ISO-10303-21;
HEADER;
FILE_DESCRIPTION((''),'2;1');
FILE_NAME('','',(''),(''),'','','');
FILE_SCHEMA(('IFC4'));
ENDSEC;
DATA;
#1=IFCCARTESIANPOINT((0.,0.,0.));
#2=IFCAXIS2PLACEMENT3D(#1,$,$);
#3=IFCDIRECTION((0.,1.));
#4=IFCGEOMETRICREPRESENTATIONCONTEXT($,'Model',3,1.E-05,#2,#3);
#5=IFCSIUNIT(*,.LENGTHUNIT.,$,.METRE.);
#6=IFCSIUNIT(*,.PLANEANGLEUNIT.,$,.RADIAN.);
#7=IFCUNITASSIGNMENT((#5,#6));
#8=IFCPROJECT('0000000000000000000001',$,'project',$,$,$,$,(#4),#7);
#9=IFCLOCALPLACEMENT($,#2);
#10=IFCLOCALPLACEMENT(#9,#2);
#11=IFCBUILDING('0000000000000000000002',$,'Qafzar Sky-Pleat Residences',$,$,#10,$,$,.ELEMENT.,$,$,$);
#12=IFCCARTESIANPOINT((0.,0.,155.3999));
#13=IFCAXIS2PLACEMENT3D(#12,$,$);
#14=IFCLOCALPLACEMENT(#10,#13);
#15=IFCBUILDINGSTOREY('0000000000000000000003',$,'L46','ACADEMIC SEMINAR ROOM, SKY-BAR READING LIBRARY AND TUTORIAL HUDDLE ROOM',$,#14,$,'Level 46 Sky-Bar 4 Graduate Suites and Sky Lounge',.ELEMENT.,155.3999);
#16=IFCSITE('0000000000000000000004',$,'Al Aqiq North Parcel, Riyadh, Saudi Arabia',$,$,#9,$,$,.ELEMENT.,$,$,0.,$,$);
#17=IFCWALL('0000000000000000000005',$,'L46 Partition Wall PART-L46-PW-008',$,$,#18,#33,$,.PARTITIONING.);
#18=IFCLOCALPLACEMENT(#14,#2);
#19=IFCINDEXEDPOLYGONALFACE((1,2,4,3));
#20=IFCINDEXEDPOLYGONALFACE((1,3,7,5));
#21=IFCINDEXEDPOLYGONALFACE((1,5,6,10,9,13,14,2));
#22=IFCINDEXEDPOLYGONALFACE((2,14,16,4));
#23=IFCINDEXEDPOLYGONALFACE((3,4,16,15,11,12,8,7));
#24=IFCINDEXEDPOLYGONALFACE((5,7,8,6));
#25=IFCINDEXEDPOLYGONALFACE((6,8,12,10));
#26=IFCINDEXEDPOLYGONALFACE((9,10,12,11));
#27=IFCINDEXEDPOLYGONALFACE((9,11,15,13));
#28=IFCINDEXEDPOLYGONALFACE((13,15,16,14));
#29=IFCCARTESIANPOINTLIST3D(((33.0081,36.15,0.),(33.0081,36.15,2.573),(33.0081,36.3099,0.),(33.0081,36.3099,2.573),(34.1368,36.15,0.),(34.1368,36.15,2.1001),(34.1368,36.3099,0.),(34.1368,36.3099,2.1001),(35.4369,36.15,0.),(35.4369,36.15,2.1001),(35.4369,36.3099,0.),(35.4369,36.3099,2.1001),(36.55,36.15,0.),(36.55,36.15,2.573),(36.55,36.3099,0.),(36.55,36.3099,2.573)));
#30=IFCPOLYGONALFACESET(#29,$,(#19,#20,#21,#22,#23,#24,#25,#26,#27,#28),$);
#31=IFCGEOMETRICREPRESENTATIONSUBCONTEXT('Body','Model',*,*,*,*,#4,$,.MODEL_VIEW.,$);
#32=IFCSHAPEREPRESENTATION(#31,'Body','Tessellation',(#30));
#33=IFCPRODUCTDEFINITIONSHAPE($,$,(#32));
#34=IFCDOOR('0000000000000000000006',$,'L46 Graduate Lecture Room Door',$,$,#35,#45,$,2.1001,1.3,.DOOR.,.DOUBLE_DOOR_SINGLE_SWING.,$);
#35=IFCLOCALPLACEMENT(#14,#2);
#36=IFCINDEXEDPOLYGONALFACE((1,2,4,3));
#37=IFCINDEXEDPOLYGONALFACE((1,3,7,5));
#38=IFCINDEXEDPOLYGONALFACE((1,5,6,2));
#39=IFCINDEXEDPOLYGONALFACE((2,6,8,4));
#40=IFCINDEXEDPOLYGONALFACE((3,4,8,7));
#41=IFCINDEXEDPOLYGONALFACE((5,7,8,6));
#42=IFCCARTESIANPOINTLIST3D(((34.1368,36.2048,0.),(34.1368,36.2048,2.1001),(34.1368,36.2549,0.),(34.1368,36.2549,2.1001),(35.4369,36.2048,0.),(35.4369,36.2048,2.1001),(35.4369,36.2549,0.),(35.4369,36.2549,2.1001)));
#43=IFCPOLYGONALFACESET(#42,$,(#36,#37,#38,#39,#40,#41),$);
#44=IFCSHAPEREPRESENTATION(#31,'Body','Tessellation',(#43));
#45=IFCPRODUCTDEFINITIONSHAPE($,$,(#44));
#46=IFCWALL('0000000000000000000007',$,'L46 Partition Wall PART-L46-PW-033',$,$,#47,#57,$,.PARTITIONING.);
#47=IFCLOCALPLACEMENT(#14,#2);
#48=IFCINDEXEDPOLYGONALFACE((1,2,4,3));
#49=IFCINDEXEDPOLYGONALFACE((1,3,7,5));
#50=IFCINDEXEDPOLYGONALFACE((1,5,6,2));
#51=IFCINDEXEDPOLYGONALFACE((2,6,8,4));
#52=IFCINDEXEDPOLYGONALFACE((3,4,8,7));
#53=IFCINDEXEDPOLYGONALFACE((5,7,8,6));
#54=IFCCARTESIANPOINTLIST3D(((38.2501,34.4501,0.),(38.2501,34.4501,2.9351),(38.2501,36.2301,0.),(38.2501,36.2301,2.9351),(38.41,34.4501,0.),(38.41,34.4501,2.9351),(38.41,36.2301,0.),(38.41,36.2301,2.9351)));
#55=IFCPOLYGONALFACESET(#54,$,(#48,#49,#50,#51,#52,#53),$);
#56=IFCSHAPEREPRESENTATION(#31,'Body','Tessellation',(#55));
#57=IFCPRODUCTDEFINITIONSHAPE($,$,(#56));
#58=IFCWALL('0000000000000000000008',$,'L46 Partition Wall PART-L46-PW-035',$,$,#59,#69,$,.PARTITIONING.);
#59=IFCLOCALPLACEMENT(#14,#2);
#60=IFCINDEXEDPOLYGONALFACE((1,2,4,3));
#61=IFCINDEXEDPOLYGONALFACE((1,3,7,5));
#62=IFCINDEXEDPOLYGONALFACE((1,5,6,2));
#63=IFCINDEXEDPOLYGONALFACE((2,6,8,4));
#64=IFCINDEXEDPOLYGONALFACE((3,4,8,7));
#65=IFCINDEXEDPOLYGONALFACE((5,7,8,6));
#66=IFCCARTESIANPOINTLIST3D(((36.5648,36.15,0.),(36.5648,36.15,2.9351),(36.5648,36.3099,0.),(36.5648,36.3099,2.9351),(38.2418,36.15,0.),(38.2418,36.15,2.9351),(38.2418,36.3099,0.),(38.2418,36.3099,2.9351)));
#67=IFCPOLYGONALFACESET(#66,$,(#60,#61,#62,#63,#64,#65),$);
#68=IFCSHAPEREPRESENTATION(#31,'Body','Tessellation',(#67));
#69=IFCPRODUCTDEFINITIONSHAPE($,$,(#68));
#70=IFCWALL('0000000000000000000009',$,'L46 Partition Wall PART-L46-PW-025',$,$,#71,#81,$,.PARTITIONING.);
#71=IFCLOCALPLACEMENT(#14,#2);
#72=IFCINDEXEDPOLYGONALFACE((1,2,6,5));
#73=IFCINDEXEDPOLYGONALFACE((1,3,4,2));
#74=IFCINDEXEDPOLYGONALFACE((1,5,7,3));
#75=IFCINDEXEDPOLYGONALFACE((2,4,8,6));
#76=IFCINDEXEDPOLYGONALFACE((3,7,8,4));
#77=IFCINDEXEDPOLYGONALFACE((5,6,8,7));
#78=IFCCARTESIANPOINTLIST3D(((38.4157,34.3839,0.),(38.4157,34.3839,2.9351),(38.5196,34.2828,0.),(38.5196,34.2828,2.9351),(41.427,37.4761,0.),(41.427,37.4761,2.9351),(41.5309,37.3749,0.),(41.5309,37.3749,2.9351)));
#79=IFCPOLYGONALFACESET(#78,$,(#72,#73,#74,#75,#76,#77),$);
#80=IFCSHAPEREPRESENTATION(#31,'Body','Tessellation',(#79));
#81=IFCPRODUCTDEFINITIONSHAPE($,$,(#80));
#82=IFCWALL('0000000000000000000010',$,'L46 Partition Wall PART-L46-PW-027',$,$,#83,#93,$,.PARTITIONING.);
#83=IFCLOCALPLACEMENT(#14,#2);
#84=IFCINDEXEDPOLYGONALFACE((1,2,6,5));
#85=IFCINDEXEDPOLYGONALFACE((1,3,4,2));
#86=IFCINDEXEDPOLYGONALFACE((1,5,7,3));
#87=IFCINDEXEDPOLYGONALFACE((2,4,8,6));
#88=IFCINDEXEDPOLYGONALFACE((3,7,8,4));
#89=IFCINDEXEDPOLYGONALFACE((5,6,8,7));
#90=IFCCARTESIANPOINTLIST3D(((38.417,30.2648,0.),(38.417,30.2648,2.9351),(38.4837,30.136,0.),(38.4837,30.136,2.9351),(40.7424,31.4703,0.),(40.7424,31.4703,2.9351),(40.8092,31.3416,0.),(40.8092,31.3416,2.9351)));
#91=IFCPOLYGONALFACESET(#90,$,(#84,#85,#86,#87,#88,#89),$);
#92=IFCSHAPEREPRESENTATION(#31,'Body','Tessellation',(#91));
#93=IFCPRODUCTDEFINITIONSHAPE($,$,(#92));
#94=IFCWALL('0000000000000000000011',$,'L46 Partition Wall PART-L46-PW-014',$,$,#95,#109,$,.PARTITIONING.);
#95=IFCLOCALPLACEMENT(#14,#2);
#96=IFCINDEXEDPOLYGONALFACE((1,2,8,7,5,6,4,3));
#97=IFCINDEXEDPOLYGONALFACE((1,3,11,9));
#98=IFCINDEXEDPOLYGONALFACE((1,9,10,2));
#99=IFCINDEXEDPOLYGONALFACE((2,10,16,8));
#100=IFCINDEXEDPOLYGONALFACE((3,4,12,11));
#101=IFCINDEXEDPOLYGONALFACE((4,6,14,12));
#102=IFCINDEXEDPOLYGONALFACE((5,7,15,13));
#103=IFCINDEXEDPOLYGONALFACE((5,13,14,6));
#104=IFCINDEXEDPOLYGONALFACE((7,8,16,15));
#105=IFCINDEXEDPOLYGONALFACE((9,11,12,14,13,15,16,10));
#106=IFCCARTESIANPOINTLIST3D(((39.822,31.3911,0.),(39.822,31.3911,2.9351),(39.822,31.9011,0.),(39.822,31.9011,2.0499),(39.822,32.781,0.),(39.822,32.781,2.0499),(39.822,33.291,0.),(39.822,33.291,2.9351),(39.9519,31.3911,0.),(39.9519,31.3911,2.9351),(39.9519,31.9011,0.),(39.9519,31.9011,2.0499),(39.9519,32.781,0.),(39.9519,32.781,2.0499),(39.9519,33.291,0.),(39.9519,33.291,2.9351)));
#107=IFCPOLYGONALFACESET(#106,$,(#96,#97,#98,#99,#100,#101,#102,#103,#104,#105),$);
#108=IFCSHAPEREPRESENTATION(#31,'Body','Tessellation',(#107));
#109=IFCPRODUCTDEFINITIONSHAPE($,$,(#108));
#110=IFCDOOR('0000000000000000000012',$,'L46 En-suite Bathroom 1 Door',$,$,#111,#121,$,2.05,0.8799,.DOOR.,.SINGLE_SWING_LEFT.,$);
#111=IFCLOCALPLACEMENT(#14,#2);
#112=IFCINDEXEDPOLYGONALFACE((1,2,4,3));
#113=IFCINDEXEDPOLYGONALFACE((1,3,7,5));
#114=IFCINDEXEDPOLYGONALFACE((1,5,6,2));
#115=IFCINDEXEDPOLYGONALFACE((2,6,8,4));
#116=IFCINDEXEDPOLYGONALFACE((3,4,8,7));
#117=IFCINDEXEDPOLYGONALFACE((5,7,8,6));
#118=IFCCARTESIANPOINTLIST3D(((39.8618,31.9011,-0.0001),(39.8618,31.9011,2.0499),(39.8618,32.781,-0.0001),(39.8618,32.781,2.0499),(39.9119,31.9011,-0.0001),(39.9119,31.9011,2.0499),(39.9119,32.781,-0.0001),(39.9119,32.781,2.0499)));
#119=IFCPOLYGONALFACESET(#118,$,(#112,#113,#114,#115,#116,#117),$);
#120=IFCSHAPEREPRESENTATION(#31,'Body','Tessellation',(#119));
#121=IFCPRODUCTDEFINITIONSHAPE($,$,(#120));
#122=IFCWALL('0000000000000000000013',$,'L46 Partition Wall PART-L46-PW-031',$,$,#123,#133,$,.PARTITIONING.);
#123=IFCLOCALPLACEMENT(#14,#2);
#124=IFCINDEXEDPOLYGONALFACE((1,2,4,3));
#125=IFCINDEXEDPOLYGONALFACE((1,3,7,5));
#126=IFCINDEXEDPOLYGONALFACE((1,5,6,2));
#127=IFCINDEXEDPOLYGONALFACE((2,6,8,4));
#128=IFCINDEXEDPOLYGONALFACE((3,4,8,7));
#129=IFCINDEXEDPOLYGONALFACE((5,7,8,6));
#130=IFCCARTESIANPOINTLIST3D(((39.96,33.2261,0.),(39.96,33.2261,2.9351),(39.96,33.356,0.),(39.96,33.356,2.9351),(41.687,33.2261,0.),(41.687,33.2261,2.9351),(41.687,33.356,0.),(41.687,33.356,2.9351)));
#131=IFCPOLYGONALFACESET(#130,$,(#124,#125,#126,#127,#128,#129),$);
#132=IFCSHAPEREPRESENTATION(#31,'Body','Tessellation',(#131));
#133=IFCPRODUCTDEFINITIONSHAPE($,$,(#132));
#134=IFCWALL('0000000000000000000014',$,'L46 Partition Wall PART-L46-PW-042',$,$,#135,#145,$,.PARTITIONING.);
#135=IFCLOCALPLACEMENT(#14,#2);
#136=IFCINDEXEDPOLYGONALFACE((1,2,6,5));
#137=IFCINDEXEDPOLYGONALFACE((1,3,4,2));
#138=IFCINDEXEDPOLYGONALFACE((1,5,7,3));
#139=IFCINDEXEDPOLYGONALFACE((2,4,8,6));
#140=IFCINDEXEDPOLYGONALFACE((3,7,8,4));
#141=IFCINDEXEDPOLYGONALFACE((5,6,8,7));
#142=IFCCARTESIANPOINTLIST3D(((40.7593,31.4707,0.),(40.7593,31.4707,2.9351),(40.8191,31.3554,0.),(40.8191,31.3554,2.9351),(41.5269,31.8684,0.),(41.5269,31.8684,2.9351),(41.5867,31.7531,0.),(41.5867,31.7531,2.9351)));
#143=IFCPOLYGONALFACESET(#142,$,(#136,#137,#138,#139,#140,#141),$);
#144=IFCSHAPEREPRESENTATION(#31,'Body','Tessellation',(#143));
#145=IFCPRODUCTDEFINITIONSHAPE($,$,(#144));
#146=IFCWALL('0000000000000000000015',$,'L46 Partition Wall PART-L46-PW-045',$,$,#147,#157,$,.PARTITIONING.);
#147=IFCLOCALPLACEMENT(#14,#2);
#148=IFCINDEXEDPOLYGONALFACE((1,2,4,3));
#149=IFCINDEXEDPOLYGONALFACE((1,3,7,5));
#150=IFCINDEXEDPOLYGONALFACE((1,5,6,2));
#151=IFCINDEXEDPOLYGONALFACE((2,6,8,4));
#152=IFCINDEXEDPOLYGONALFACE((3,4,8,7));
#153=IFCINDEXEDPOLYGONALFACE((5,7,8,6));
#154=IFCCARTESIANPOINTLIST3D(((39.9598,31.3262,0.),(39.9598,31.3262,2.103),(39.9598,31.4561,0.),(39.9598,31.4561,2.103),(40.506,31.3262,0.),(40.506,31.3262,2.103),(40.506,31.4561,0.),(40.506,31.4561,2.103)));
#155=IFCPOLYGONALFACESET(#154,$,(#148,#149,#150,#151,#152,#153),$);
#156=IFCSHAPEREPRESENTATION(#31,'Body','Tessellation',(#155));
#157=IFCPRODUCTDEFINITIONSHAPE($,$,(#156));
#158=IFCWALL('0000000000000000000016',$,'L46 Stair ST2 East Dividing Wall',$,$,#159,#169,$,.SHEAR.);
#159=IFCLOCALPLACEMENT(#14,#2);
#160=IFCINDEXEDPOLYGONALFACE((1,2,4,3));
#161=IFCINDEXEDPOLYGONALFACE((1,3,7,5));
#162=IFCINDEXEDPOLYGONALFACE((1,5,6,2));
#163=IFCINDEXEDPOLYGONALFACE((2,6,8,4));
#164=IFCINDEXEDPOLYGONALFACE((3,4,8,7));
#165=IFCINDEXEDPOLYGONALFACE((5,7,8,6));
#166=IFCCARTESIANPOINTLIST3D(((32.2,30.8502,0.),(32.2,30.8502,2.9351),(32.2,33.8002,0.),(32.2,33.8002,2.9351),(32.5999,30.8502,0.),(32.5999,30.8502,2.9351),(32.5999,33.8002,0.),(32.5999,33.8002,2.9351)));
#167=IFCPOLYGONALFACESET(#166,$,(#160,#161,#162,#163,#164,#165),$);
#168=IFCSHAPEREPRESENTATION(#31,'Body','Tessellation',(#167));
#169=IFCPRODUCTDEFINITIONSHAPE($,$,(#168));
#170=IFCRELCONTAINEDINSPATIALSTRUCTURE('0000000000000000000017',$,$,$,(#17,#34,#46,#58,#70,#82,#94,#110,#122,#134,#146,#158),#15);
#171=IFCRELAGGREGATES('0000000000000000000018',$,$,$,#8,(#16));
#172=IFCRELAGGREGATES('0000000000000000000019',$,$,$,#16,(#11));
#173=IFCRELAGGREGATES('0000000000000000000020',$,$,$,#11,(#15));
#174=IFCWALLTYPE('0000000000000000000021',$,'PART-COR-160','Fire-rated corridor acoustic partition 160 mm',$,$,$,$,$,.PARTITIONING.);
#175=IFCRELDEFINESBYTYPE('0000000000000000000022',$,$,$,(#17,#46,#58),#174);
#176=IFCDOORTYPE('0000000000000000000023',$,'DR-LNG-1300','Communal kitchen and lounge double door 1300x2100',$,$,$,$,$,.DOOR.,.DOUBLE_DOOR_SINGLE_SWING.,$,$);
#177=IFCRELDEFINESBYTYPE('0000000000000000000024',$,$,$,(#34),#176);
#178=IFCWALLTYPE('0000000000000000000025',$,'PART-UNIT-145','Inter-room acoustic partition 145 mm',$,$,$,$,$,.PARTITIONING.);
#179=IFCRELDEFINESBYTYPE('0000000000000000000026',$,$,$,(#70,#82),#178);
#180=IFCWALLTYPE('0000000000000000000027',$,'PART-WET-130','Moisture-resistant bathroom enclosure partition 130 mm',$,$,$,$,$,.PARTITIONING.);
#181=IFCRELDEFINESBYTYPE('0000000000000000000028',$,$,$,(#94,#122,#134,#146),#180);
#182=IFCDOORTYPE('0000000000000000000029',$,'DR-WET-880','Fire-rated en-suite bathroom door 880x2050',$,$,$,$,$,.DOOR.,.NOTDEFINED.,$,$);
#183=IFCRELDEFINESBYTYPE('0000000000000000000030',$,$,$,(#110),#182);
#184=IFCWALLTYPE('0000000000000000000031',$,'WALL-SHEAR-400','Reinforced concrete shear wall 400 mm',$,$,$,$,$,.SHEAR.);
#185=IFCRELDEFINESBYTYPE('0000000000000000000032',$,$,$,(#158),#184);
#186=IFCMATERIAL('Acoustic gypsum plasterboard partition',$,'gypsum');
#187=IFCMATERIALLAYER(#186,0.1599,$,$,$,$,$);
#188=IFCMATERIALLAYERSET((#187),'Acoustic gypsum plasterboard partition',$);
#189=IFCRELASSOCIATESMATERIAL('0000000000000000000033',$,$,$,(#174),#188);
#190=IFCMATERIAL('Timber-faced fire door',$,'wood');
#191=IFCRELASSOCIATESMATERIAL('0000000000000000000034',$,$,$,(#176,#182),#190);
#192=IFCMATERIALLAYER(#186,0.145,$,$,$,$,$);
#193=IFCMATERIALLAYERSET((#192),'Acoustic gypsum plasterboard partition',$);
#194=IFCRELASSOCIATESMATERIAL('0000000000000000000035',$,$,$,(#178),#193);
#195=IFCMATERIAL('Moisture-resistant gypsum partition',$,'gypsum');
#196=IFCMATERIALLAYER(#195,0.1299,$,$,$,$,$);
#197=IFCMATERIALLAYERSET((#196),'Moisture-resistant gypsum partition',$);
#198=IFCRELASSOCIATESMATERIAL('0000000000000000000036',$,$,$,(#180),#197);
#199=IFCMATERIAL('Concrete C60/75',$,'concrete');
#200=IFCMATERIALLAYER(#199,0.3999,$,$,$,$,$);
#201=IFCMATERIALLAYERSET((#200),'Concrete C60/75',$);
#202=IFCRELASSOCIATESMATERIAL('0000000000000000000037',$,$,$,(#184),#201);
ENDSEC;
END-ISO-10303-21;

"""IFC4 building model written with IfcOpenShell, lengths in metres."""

from ifc_helpers import new_model, si_unit, direction, frame, frame_2d, origin, place, context, subcontext, project, spatial, rectangle, extrude, source, transform, mapped, material, layer, layer_set, type_object, element, fill, save


model = new_model("IFC4")

# Units and contexts
model_context = context("Model", 3, precision=1e-05, world=origin(), true_north=direction((0.0, 1.0)))
body_context = subcontext(model_context, "Body", "Model", "MODEL_VIEW")
ifc_project = project(units=[si_unit("LENGTHUNIT", "METRE"), si_unit("PLANEANGLEUNIT", "RADIAN")], contexts=[model_context])

# Site, building, storey
site_placement = place(None, origin())
site = spatial("IfcSite", under=ifc_project, at=site_placement, Name="Al Aqiq North Parcel, Riyadh, Saudi Arabia", CompositionType="ELEMENT", RefElevation=0.0)
building_placement = place(site_placement, origin())
building = spatial("IfcBuilding", under=site, at=building_placement, Name="Qafzar Sky-Pleat Residences", CompositionType="ELEMENT")
storey_placement = place(building_placement, frame((0.0, 0.0, 155.3999)))
storey = spatial("IfcBuildingStorey", under=building, at=storey_placement, Name="L46", Description="ACADEMIC SEMINAR ROOM, SKY-BAR READING LIBRARY AND TUTORIAL HUDDLE ROOM", LongName="Level 46 Sky-Bar 4 Graduate Suites and Sky Lounge", CompositionType="ELEMENT", Elevation=155.3999)

# Wall, opening, door
ifc_material_1 = material(Name="Acoustic gypsum plasterboard partition", Category="gypsum")
ifc_layer_1 = layer(ifc_material_1, 0.1599)
ifc_layer_set_1 = layer_set([ifc_layer_1], Name="Acoustic gypsum plasterboard partition")
wall_type_1 = type_object("IfcWallType", Name="PART-COR-160", Description="Fire-rated corridor acoustic partition 160 mm", PredefinedType="PARTITIONING", material=ifc_layer_set_1)
ifc_material_2 = material(Name="Timber-faced fire door", Category="wood")
door_type_1 = type_object("IfcDoorType", Name="DR-LNG-1300", Description="Communal kitchen and lounge double door 1300x2100", OperationType="DOUBLE_DOOR_SINGLE_SWING", PredefinedType="DOOR", material=ifc_material_2)
shared_shape_1 = source(origin(), body_context, "Body", "SweptSolid", [
    extrude(rectangle(XDim=1.3, YDim=2.1001, at=frame_2d((0.6499, 1.05))), frame((0.0, 0.0249, 0.0), z_axis=(0.0, -1.0, 0.0), x_axis=(1.0, 0.0, 0.0)), (0.0, 0.0, 1.0), 0.05),
])
wall_1_placement = place(storey_placement, frame((33.0081, 36.23, 0.0), z_axis=(0.0, 0.0, 1.0), x_axis=(1.0, 0.0, 0.0)))
wall_1 = element("IfcWall", 1, at=wall_1_placement, inside=storey, type_object=wall_type_1, Name="L46 Partition Wall PART-L46-PW-008", PredefinedType="PARTITIONING", context=body_context, shape_type="SweptSolid", body=[
    extrude(rectangle(XDim=3.542, YDim=0.1599, at=frame_2d((1.771, 0.0))), origin(), (0.0, 0.0, 1.0), 2.573),
])
opening_1_placement = place(wall_1_placement, frame((1.1289, 0.0, 0.0)))
opening_1 = element("IfcOpeningElement", 2, at=opening_1_placement, cuts=wall_1, PredefinedType="OPENING", context=body_context, shape_type="SweptSolid", body=[
    extrude(rectangle(XDim=1.3, YDim=2.1001, at=frame_2d((0.6499, 1.05))), frame((0.0, 0.0898, 0.0), z_axis=(0.0, -1.0, 0.0), x_axis=(1.0, 0.0, 0.0)), (0.0, 0.0, 1.0), 0.1799),
])
door_1_placement = place(opening_1_placement, origin())
door_1 = element("IfcDoor", 3, at=door_1_placement, inside=storey, type_object=door_type_1, Name="L46 Graduate Lecture Room Door", OperationType="DOUBLE_DOOR_SINGLE_SWING", OverallHeight=2.1001, OverallWidth=1.3, PredefinedType="DOOR", context=body_context, shape_type="MappedRepresentation", body=[
    mapped(shared_shape_1, transform((0.0, 0.0, 0.0), x_axis=(1.0, 0.0, 0.0), y_axis=(0.0, 1.0, 0.0), z_axis=(0.0, 0.0, 1.0), scale=1.0)),
])
fill(opening_1, door_1)

# Walls
wall_2_placement = place(storey_placement, frame((38.3301, 34.45, 0.0), z_axis=(0.0, 0.0, 1.0), x_axis=(0.0, 1.0, 0.0)))
element("IfcWall", 4, at=wall_2_placement, inside=storey, type_object=wall_type_1, Name="L46 Partition Wall PART-L46-PW-033", PredefinedType="PARTITIONING", context=body_context, shape_type="SweptSolid", body=[
    extrude(rectangle(XDim=1.78, YDim=0.1599, at=frame_2d((0.8901, 0.0))), origin(), (0.0, 0.0, 1.0), 2.9351),
])
wall_3_placement = place(storey_placement, frame((36.5649, 36.23, 0.0), z_axis=(0.0, 0.0, 1.0), x_axis=(1.0, 0.0, 0.0)))
element("IfcWall", 5, at=wall_3_placement, inside=storey, type_object=wall_type_1, Name="L46 Partition Wall PART-L46-PW-035", PredefinedType="PARTITIONING", context=body_context, shape_type="SweptSolid", body=[
    extrude(rectangle(XDim=1.677, YDim=0.1599, at=frame_2d((0.8384, 0.0))), origin(), (0.0, 0.0, 1.0), 2.9351),
])
ifc_layer_2 = layer(ifc_material_1, 0.145)
ifc_layer_set_2 = layer_set([ifc_layer_2], Name="Acoustic gypsum plasterboard partition")
wall_type_2 = type_object("IfcWallType", Name="PART-UNIT-145", Description="Inter-room acoustic partition 145 mm", PredefinedType="PARTITIONING", material=ifc_layer_set_2)
wall_4_placement = place(storey_placement, frame((38.4675, 34.3333, 0.0), z_axis=(0.0, 0.0, 1.0), x_axis=(0.697683, 0.716406, 0.0)))
element("IfcWall", 6, at=wall_4_placement, inside=storey, type_object=wall_type_2, Name="L46 Partition Wall PART-L46-PW-025", PredefinedType="PARTITIONING", context=body_context, shape_type="SweptSolid", body=[
    extrude(rectangle(XDim=4.3162, YDim=0.145, at=frame_2d((2.1582, 0.0))), origin(), (0.0, 0.0, 1.0), 2.9351),
])
wall_5_placement = place(storey_placement, frame((38.4504, 30.2004, 0.0), z_axis=(0.0, 0.0, 1.0), x_axis=(0.887788, 0.460252, 0.0)))
element("IfcWall", 7, at=wall_5_placement, inside=storey, type_object=wall_type_2, Name="L46 Partition Wall PART-L46-PW-027", PredefinedType="PARTITIONING", context=body_context, shape_type="SweptSolid", body=[
    extrude(rectangle(XDim=2.6194, YDim=0.145, at=frame_2d((1.3096, 0.0))), origin(), (0.0, 0.0, 1.0), 2.9351),
])

# Wall, opening, door
ifc_material_3 = material(Name="Moisture-resistant gypsum partition", Category="gypsum")
ifc_layer_3 = layer(ifc_material_3, 0.1299)
ifc_layer_set_3 = layer_set([ifc_layer_3], Name="Moisture-resistant gypsum partition")
wall_type_3 = type_object("IfcWallType", Name="PART-WET-130", Description="Moisture-resistant bathroom enclosure partition 130 mm", PredefinedType="PARTITIONING", material=ifc_layer_set_3)
wall_6_placement = place(storey_placement, frame((39.887, 33.291, 0.0), z_axis=(0.0, 0.0, 1.0), x_axis=(0.0, -1.0, 0.0)))
wall_6 = element("IfcWall", 8, at=wall_6_placement, inside=storey, type_object=wall_type_3, Name="L46 Partition Wall PART-L46-PW-014", PredefinedType="PARTITIONING", context=body_context, shape_type="SweptSolid", body=[
    extrude(rectangle(XDim=1.8999, YDim=0.1299, at=frame_2d((0.95, 0.0))), origin(), (0.0, 0.0, 1.0), 2.9351),
])
opening_2_placement = place(wall_6_placement, frame((0.51, 0.0, 0.0)))
opening_2 = element("IfcOpeningElement", 9, at=opening_2_placement, cuts=wall_6, PredefinedType="OPENING", context=body_context, shape_type="SweptSolid", body=[
    extrude(rectangle(XDim=0.8799, YDim=2.05, at=frame_2d((0.4399, 1.0249))), frame((0.0, 0.075, 0.0), z_axis=(0.0, -1.0, 0.0), x_axis=(1.0, 0.0, 0.0)), (0.0, 0.0, 1.0), 0.1499),
])
door_type_2 = type_object("IfcDoorType", Name="DR-WET-880", Description="Fire-rated en-suite bathroom door 880x2050", OperationType="NOTDEFINED", PredefinedType="DOOR", material=ifc_material_2)
shared_shape_2 = source(origin(), body_context, "Body", "SweptSolid", [
    extrude(rectangle(XDim=0.8799, YDim=2.05, at=frame_2d((0.4399, 1.0249))), frame((0.0, 0.0249, 0.0), z_axis=(0.0, -1.0, 0.0), x_axis=(1.0, 0.0, 0.0)), (0.0, 0.0, 1.0), 0.05),
])
door_2_placement = place(opening_2_placement, origin())
door_2 = element("IfcDoor", 10, at=door_2_placement, inside=storey, type_object=door_type_2, Name="L46 En-suite Bathroom 1 Door", OperationType="SINGLE_SWING_LEFT", OverallHeight=2.05, OverallWidth=0.8799, PredefinedType="DOOR", context=body_context, shape_type="MappedRepresentation", body=[
    mapped(shared_shape_2, transform((0.0, 0.0, 0.0), x_axis=(1.0, 0.0, 0.0), y_axis=(0.0, 1.0, 0.0), z_axis=(0.0, 0.0, 1.0), scale=1.0)),
])
fill(opening_2, door_2)

# Walls
wall_7_placement = place(storey_placement, frame((39.96, 33.291, 0.0), z_axis=(0.0, 0.0, 1.0), x_axis=(1.0, 0.0, 0.0)))
element("IfcWall", 11, at=wall_7_placement, inside=storey, type_object=wall_type_3, Name="L46 Partition Wall PART-L46-PW-031", PredefinedType="PARTITIONING", context=body_context, shape_type="SweptSolid", body=[
    extrude(rectangle(XDim=1.7271, YDim=0.1299, at=frame_2d((0.8635, 0.0))), origin(), (0.0, 0.0, 1.0), 2.9351),
])
wall_8_placement = place(storey_placement, frame((40.7893, 31.4131, 0.0), z_axis=(0.0, 0.0, 1.0), x_axis=(0.887896, 0.460045, 0.0)))
element("IfcWall", 12, at=wall_8_placement, inside=storey, type_object=wall_type_3, Name="L46 Partition Wall PART-L46-PW-042", PredefinedType="PARTITIONING", context=body_context, shape_type="SweptSolid", body=[
    extrude(rectangle(XDim=0.8645, YDim=0.1299, at=frame_2d((0.4321, 0.0))), origin(), (0.0, 0.0, 1.0), 2.9351),
])
wall_9_placement = place(storey_placement, frame((39.96, 31.3911, 0.0), z_axis=(0.0, 0.0, 1.0), x_axis=(1.0, 0.0, 0.0)))
element("IfcWall", 13, at=wall_9_placement, inside=storey, type_object=wall_type_3, Name="L46 Partition Wall PART-L46-PW-045", PredefinedType="PARTITIONING", context=body_context, shape_type="SweptSolid", body=[
    extrude(rectangle(XDim=0.5461, YDim=0.1299, at=frame_2d((0.2729, 0.0))), origin(), (0.0, 0.0, 1.0), 2.103),
])
ifc_material_4 = material(Name="Concrete C60/75", Category="concrete")
ifc_layer_4 = layer(ifc_material_4, 0.3999)
ifc_layer_set_4 = layer_set([ifc_layer_4], Name="Concrete C60/75")
wall_type_4 = type_object("IfcWallType", Name="WALL-SHEAR-400", Description="Reinforced concrete shear wall 400 mm", PredefinedType="SHEAR", material=ifc_layer_set_4)
wall_10_placement = place(storey_placement, frame((32.3999, 30.8501, 0.0), z_axis=(0.0, 0.0, 1.0), x_axis=(0.0, 1.0, 0.0)))
element("IfcWall", 14, at=wall_10_placement, inside=storey, type_object=wall_type_4, Name="L46 Stair ST2 East Dividing Wall", PredefinedType="SHEAR", context=body_context, shape_type="SweptSolid", body=[
    extrude(rectangle(XDim=2.95, YDim=0.3999, at=frame_2d((1.4751, 0.0))), origin(), (0.0, 0.0, 1.0), 2.9351),
])

save(model, "model.ifc")
